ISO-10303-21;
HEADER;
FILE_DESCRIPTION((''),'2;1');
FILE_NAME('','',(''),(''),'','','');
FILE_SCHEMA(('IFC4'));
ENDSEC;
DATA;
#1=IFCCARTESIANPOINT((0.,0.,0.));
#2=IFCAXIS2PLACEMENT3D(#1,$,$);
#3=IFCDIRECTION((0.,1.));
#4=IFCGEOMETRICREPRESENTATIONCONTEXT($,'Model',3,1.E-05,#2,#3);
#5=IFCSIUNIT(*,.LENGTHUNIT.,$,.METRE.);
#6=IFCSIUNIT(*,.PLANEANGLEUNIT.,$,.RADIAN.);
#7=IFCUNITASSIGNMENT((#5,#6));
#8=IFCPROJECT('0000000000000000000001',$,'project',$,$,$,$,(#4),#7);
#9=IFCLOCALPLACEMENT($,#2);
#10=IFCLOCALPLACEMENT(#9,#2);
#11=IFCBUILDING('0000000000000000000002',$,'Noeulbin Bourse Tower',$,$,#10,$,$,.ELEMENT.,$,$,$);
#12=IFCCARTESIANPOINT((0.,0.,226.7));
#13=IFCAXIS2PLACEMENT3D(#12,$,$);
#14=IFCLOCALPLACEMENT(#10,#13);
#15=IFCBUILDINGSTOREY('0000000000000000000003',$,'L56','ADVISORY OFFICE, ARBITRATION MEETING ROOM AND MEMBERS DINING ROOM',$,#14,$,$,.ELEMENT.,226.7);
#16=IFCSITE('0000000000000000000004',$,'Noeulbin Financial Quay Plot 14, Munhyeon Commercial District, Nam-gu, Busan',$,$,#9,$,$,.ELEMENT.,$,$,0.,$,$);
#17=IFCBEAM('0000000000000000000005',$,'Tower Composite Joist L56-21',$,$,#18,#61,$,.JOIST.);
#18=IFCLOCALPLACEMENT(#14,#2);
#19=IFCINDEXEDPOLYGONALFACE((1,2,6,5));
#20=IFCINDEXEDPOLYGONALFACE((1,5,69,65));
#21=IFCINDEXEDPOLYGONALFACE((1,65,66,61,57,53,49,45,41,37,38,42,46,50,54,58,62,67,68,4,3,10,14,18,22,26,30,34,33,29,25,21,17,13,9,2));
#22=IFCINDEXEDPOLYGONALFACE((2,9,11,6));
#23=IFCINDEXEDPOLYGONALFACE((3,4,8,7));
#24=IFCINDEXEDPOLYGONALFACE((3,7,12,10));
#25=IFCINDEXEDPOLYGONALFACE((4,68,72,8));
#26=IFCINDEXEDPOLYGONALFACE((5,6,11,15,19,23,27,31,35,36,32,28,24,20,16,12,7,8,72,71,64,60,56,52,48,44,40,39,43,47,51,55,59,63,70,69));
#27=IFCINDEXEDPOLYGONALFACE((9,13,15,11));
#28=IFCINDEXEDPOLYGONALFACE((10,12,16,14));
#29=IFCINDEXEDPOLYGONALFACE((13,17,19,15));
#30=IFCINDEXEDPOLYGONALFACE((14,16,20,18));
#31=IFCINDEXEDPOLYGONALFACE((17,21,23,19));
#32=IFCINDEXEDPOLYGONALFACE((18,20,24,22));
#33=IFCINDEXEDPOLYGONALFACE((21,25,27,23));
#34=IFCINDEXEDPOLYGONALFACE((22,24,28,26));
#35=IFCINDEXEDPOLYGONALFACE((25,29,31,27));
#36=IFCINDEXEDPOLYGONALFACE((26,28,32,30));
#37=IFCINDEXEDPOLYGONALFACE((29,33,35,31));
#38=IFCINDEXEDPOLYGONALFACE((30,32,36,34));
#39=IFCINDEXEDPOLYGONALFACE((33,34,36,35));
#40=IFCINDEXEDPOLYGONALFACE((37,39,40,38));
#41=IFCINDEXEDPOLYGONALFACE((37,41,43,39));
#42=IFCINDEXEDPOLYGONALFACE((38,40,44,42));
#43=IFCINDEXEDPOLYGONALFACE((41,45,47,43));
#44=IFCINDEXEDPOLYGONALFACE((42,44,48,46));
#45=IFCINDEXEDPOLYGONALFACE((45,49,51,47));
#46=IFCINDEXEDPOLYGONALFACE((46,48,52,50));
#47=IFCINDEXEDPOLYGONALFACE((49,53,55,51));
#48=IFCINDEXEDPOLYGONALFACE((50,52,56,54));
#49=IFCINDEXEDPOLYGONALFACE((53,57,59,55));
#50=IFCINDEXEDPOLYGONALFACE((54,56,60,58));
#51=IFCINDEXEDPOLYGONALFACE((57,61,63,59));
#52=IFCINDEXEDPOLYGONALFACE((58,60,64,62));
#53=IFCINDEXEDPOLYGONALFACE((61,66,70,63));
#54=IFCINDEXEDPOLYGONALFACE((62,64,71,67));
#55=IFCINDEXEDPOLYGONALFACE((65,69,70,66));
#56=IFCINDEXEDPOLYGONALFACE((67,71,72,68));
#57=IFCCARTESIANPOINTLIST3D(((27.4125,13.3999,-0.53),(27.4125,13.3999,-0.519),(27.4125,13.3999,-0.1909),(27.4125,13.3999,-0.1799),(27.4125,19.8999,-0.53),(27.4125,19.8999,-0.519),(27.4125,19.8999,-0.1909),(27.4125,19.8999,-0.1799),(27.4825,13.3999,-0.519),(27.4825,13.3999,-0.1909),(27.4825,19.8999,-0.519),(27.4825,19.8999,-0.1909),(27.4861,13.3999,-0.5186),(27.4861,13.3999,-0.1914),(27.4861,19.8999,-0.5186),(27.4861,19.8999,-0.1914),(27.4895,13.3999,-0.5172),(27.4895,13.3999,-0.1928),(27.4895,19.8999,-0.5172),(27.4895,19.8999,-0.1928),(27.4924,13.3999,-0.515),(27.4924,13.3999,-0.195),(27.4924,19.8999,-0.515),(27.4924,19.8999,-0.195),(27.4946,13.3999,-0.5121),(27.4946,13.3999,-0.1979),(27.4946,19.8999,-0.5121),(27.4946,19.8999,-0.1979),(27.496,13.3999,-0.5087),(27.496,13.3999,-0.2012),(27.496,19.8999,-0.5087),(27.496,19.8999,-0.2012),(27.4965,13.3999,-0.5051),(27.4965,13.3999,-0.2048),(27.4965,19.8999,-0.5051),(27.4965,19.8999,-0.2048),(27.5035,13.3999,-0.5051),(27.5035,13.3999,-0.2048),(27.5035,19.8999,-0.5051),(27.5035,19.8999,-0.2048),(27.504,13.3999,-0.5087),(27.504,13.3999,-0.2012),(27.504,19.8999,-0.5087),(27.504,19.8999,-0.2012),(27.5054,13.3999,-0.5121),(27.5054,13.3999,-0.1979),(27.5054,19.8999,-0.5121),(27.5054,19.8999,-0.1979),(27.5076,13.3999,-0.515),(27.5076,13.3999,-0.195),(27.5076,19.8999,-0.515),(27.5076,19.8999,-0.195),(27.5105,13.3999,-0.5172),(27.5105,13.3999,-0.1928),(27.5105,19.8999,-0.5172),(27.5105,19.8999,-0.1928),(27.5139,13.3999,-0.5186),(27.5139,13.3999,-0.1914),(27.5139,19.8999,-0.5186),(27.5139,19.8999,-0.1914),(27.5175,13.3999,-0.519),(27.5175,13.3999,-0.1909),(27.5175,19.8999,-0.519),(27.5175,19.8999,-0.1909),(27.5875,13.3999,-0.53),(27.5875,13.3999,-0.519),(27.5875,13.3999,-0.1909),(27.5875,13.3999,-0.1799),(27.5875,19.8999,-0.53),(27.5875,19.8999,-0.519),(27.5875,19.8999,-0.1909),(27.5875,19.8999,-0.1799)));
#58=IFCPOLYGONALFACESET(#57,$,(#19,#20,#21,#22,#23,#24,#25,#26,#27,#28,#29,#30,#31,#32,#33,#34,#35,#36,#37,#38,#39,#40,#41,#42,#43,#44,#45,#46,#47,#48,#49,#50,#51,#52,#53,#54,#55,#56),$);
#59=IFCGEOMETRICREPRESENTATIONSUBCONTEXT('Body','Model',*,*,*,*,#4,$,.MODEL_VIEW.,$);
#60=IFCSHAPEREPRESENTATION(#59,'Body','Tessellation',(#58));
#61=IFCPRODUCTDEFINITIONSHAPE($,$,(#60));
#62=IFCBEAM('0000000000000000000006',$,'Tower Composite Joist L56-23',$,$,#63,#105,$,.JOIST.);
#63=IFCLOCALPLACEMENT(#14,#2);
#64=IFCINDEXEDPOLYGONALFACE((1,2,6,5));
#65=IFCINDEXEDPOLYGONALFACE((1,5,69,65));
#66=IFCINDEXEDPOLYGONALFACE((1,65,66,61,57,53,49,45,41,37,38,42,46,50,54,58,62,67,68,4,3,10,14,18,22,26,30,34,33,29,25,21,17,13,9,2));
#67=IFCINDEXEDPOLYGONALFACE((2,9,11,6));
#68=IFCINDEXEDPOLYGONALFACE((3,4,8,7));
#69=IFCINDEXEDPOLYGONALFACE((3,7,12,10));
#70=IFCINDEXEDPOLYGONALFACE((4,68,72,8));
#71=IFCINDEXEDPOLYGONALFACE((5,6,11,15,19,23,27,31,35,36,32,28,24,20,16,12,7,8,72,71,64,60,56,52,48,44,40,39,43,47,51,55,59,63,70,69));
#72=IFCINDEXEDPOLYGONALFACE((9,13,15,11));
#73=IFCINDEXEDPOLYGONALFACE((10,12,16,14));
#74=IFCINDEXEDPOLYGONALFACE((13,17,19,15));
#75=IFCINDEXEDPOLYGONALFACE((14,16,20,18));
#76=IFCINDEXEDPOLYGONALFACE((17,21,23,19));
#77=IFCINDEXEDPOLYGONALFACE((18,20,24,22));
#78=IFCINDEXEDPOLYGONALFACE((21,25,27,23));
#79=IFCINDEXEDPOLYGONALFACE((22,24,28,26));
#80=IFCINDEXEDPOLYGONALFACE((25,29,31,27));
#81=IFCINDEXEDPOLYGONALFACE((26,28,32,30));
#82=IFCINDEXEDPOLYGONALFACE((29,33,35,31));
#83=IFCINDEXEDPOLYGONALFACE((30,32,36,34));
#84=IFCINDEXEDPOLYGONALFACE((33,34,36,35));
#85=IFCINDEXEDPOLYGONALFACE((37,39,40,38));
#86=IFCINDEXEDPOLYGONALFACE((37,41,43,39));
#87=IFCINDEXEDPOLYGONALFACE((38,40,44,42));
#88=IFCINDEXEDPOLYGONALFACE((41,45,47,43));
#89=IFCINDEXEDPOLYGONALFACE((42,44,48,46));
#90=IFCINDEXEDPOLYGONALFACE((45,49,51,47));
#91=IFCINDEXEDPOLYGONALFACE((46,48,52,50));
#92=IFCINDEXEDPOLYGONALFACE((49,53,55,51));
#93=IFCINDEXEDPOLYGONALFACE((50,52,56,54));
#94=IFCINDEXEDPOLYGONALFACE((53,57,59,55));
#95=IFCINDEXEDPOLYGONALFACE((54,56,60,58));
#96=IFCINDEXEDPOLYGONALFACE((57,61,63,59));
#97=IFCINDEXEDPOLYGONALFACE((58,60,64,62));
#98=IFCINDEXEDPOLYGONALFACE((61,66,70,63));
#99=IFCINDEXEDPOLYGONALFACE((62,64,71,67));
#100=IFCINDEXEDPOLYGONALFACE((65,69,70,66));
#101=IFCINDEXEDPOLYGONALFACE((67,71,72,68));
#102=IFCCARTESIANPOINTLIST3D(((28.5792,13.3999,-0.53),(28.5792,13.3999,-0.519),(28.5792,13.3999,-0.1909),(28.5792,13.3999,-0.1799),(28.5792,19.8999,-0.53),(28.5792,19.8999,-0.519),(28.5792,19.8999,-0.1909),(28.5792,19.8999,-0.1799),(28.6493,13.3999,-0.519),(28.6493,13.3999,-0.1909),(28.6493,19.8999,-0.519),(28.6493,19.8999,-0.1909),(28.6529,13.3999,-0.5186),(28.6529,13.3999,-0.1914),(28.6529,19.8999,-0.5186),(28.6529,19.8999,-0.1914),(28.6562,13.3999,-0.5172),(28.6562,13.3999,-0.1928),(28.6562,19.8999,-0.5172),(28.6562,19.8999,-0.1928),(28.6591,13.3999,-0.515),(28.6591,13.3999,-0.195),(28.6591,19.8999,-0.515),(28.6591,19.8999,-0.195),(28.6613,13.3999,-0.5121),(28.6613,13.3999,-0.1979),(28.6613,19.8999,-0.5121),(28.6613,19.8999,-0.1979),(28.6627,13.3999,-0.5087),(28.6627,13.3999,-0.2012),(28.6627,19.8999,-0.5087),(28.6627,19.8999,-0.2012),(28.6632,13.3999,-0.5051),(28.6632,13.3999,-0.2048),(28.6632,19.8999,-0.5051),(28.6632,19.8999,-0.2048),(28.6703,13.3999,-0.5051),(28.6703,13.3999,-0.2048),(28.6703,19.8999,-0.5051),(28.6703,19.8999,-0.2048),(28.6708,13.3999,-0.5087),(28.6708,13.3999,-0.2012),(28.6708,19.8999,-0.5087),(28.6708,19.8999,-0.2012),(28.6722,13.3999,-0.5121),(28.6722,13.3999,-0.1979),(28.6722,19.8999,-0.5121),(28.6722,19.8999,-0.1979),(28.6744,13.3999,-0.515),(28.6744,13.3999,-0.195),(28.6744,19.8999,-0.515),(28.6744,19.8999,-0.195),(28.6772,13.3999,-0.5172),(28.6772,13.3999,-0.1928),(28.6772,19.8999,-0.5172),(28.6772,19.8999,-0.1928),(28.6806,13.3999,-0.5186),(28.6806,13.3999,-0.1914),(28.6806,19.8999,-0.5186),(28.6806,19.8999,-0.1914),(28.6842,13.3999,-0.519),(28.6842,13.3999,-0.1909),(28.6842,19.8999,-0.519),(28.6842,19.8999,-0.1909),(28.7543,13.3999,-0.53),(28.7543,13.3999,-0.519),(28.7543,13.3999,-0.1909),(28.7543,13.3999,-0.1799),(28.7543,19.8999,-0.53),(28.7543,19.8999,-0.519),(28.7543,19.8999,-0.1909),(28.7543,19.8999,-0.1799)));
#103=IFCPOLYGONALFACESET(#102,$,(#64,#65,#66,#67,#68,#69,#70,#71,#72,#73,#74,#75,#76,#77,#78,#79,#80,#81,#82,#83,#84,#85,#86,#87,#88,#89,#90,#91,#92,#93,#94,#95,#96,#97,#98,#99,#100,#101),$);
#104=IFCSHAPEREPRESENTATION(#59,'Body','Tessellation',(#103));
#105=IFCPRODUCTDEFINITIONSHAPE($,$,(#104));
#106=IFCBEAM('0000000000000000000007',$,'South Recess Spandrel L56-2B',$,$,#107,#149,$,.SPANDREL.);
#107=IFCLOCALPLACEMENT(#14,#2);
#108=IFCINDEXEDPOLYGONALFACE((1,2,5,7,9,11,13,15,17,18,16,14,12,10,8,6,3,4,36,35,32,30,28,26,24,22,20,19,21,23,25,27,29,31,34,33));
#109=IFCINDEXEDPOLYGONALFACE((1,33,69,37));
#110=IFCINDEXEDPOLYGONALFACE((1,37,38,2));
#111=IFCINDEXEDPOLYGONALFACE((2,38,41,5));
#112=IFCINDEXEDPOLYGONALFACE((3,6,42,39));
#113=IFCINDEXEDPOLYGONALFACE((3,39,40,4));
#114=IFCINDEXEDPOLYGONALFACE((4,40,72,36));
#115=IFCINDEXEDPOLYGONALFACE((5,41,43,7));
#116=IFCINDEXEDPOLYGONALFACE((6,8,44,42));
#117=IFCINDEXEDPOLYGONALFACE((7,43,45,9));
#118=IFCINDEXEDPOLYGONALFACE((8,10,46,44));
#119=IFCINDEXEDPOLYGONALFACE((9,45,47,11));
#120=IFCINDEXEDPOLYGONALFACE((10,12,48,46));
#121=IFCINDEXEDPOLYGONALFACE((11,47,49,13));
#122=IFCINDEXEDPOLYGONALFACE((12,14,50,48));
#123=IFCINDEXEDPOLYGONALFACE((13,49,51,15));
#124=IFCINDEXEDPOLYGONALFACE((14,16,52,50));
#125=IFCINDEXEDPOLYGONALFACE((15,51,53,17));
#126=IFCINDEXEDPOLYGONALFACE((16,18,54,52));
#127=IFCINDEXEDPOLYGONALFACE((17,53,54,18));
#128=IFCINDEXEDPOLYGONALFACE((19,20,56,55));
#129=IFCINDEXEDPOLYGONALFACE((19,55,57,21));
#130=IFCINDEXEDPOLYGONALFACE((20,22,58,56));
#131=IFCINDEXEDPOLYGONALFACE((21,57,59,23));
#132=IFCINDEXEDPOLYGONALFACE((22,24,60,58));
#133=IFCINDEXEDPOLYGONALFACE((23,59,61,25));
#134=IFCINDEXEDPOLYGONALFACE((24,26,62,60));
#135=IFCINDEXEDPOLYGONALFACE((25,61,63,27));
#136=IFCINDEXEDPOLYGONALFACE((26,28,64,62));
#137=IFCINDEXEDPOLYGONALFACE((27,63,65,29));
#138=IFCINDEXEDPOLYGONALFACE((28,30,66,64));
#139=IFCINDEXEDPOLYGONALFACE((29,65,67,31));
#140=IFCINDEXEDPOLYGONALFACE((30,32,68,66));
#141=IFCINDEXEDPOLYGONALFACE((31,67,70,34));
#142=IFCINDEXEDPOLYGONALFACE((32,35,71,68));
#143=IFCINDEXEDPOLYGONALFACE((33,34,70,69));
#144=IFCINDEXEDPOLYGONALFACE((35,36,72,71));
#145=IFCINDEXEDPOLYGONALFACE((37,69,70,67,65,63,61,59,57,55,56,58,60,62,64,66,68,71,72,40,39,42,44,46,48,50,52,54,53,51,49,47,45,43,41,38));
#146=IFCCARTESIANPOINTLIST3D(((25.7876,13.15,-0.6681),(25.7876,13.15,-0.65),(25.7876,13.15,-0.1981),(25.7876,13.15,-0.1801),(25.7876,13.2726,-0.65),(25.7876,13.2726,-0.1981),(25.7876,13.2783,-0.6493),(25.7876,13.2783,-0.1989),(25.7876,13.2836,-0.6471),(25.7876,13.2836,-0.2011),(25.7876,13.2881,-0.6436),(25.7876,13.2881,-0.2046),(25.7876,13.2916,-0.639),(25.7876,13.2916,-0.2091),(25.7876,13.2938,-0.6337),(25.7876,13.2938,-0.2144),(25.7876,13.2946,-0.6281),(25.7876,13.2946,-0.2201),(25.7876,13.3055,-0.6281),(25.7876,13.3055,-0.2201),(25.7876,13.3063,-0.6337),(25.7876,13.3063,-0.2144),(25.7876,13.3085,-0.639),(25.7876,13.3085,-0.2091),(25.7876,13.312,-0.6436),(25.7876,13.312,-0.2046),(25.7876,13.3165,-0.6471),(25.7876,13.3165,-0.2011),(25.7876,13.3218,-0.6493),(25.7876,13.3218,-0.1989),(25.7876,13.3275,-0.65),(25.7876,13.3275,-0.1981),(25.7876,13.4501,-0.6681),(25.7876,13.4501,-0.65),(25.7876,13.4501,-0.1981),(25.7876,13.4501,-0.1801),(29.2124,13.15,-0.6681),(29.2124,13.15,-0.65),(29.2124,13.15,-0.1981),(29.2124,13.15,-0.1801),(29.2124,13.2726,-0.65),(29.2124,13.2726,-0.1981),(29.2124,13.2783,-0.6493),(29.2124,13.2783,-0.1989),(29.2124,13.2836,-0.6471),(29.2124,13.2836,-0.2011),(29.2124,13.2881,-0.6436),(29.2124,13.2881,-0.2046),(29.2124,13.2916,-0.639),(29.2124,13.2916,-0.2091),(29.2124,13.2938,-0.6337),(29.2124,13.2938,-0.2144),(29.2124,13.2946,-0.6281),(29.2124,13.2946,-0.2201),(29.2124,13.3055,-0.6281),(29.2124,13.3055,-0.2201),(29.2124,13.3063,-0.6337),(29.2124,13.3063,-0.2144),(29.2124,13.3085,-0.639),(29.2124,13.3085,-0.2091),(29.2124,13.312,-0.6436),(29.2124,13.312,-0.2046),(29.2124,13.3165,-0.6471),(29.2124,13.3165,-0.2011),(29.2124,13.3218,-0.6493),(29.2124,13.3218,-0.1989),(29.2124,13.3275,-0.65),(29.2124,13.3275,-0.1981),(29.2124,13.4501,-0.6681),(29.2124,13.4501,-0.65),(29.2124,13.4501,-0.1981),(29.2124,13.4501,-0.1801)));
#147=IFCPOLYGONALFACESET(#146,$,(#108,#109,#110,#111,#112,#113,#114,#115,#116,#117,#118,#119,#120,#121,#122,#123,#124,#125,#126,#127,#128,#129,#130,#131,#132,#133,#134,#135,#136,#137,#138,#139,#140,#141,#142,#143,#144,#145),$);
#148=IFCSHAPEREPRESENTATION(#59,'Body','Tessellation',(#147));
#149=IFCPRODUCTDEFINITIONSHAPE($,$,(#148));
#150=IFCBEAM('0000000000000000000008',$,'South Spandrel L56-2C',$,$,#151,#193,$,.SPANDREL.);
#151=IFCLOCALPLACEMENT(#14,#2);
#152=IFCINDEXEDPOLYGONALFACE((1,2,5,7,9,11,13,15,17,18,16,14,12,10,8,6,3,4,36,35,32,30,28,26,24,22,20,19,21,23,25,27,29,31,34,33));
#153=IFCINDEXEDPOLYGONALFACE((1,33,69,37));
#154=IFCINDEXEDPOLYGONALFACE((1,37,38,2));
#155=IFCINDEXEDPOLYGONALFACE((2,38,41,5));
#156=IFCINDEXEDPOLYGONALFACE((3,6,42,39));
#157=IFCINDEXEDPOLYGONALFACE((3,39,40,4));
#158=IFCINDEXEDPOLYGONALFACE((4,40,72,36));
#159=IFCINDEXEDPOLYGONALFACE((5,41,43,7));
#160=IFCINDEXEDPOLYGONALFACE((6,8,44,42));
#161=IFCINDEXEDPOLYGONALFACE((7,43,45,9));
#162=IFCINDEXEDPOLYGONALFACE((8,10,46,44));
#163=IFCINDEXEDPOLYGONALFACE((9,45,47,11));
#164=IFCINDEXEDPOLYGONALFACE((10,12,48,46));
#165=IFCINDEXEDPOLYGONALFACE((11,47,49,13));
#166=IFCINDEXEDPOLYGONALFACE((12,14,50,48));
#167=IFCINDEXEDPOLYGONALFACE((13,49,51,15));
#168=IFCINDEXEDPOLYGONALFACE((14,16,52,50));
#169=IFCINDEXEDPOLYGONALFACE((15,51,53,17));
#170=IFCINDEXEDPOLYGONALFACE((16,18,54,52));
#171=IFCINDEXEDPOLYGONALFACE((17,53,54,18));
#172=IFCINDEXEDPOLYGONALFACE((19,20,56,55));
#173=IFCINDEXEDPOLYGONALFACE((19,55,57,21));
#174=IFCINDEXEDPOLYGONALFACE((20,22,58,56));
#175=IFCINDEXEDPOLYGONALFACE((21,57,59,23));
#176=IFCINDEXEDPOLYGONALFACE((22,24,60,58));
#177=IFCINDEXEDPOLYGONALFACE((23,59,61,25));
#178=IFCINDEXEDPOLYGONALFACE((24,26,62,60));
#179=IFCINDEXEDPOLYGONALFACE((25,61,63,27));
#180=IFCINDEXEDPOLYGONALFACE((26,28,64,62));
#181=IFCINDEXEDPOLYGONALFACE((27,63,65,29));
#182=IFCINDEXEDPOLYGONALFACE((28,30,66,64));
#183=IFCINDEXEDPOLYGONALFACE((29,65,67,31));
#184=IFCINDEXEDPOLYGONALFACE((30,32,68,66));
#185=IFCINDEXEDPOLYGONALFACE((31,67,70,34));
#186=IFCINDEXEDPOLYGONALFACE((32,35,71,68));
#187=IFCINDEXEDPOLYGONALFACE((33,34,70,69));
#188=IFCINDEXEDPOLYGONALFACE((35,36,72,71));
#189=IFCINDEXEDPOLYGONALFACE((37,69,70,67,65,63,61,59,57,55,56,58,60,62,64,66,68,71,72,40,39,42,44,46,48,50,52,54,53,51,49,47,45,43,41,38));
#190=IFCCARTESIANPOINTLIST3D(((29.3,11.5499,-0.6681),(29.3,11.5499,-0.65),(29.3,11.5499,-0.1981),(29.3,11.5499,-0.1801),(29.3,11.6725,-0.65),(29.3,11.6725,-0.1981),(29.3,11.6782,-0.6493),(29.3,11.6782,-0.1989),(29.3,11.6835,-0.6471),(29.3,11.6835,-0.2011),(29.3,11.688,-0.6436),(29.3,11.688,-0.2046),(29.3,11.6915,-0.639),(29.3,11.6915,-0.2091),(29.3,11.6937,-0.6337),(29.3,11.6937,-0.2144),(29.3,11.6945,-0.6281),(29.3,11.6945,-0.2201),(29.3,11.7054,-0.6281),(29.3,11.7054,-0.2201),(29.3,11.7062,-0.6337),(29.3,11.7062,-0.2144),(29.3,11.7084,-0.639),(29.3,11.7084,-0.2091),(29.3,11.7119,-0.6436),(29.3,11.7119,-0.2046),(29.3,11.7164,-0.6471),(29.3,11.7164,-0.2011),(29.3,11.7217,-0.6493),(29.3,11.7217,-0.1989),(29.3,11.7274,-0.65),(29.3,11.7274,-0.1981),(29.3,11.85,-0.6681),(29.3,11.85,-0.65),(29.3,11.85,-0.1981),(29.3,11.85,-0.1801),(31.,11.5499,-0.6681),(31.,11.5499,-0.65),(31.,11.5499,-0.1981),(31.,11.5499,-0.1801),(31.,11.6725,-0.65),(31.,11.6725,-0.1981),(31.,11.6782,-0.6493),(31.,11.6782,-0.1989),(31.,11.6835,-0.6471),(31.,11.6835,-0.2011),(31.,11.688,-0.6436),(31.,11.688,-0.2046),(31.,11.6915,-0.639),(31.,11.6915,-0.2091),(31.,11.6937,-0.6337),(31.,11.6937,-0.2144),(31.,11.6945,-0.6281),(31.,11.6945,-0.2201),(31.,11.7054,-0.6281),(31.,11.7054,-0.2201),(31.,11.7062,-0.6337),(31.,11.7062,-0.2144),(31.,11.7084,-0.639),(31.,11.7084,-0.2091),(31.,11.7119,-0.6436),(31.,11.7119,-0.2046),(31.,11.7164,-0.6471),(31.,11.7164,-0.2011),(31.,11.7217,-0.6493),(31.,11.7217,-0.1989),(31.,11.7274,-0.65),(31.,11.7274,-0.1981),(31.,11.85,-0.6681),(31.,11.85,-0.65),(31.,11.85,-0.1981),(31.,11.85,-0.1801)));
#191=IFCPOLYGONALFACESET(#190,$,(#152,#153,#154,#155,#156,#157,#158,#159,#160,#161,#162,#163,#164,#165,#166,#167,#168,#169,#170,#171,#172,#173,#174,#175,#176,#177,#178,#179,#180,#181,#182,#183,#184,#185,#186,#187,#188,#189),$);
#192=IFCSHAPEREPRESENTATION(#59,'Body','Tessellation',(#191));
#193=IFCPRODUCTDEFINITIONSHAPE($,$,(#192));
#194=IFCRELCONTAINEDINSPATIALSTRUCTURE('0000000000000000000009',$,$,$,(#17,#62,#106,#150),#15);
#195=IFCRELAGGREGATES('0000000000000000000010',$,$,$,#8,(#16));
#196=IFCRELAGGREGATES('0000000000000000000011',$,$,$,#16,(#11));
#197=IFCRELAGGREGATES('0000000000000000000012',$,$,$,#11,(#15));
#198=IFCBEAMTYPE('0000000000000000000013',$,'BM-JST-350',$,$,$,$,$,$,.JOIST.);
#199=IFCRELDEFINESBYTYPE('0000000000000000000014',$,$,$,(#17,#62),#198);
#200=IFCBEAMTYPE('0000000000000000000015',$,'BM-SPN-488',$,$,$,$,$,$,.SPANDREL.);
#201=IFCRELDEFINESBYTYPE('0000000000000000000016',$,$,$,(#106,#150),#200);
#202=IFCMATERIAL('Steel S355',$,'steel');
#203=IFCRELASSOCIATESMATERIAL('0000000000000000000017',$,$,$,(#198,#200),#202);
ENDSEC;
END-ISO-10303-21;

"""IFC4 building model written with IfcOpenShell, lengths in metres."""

from ifc_helpers import new_model, si_unit, direction, frame, origin, origin_2d, place, context, subcontext, project, spatial, i_section, extrude, material, material_profile, profile_set, type_object, element, save


model = new_model("IFC4")

# Units and contexts
model_context = context("Model", 3, precision=1e-05, world=origin(), true_north=direction((0.0, 1.0)))
body_context = subcontext(model_context, "Body", "Model", "MODEL_VIEW")
ifc_project = project(units=[si_unit("LENGTHUNIT", "METRE"), si_unit("PLANEANGLEUNIT", "RADIAN")], contexts=[model_context])

# Site, building, storey
site_placement = place(None, origin())
site = spatial("IfcSite", under=ifc_project, at=site_placement, Name="Noeulbin Financial Quay Plot 14, Munhyeon Commercial District, Nam-gu, Busan", CompositionType="ELEMENT", RefElevation=0.0)
building_placement = place(site_placement, origin())
building = spatial("IfcBuilding", under=site, at=building_placement, Name="Noeulbin Bourse Tower", CompositionType="ELEMENT")
storey_placement = place(building_placement, frame((0.0, 0.0, 226.7)))
storey = spatial("IfcBuildingStorey", under=building, at=storey_placement, Name="L56", Description="ADVISORY OFFICE, ARBITRATION MEETING ROOM AND MEMBERS DINING ROOM", CompositionType="ELEMENT", Elevation=226.7)

# Beams
ifc_material_1 = material(Name="Steel S355", Category="steel")
ifc_material_profile_1 = material_profile(ifc_material_1, i_section(OverallWidth=0.175, OverallDepth=0.3501, WebThickness=0.0071, FlangeThickness=0.011, FilletRadius=0.0139, at=origin_2d()), Name="H-350x175x7x11", Category="LoadBearing")
ifc_profile_set_1 = profile_set([ifc_material_profile_1], Name="Steel S355")
beam_type_1 = type_object("IfcBeamType", Name="BM-JST-350", PredefinedType="JOIST", material=ifc_profile_set_1)
for number, where, z_axis, x_axis, name in (
    (1, (27.5, 13.3999, -0.355), (0.0, 1.0, 0.0), (-1.0, 0.0, 0.0), "Tower Composite Joist L56-21"),
    (2, (28.6667, 13.3999, -0.355), (0.0, 1.0, 0.0), (-1.0, 0.0, 0.0), "Tower Composite Joist L56-23"),
):
    element("IfcBeam", number, at=place(storey_placement, frame(where, z_axis=z_axis, x_axis=x_axis)), inside=storey, type_object=beam_type_1, Name=name, PredefinedType="JOIST", context=body_context, shape_type="SweptSolid", body=[
        extrude(i_section(OverallWidth=0.175, OverallDepth=0.3501, WebThickness=0.0071, FlangeThickness=0.011, FilletRadius=0.0139, at=origin_2d()), origin(), (0.0, 0.0, 1.0), 6.5),
    ])
ifc_material_profile_2 = material_profile(ifc_material_1, i_section(OverallWidth=0.3, OverallDepth=0.488, WebThickness=0.011, FlangeThickness=0.0181, FilletRadius=0.022, at=origin_2d()), Name="H-488x300x11x18", Category="LoadBearing")
ifc_profile_set_2 = profile_set([ifc_material_profile_2], Name="Steel S355")
beam_type_2 = type_object("IfcBeamType", Name="BM-SPN-488", PredefinedType="SPANDREL", material=ifc_profile_set_2)
beam_1_placement = place(storey_placement, frame((25.7876, 13.3, -0.4241), z_axis=(1.0, 0.0, 0.0), x_axis=(0.0, 1.0, 0.0)))
element("IfcBeam", 3, at=beam_1_placement, inside=storey, type_object=beam_type_2, Name="South Recess Spandrel L56-2B", PredefinedType="SPANDREL", context=body_context, shape_type="SweptSolid", body=[
    extrude(i_section(OverallWidth=0.3, OverallDepth=0.488, WebThickness=0.011, FlangeThickness=0.0181, FilletRadius=0.022, at=origin_2d()), origin(), (0.0, 0.0, 1.0), 3.4248),
])
beam_2_placement = place(storey_placement, frame((29.3, 11.7, -0.4241), z_axis=(1.0, 0.0, 0.0), x_axis=(0.0, 1.0, 0.0)))
element("IfcBeam", 4, at=beam_2_placement, inside=storey, type_object=beam_type_2, Name="South Spandrel L56-2C", PredefinedType="SPANDREL", context=body_context, shape_type="SweptSolid", body=[
    extrude(i_section(OverallWidth=0.3, OverallDepth=0.488, WebThickness=0.011, FlangeThickness=0.0181, FilletRadius=0.022, at=origin_2d()), origin(), (0.0, 0.0, 1.0), 1.7),
])

save(model, "model.ifc")
